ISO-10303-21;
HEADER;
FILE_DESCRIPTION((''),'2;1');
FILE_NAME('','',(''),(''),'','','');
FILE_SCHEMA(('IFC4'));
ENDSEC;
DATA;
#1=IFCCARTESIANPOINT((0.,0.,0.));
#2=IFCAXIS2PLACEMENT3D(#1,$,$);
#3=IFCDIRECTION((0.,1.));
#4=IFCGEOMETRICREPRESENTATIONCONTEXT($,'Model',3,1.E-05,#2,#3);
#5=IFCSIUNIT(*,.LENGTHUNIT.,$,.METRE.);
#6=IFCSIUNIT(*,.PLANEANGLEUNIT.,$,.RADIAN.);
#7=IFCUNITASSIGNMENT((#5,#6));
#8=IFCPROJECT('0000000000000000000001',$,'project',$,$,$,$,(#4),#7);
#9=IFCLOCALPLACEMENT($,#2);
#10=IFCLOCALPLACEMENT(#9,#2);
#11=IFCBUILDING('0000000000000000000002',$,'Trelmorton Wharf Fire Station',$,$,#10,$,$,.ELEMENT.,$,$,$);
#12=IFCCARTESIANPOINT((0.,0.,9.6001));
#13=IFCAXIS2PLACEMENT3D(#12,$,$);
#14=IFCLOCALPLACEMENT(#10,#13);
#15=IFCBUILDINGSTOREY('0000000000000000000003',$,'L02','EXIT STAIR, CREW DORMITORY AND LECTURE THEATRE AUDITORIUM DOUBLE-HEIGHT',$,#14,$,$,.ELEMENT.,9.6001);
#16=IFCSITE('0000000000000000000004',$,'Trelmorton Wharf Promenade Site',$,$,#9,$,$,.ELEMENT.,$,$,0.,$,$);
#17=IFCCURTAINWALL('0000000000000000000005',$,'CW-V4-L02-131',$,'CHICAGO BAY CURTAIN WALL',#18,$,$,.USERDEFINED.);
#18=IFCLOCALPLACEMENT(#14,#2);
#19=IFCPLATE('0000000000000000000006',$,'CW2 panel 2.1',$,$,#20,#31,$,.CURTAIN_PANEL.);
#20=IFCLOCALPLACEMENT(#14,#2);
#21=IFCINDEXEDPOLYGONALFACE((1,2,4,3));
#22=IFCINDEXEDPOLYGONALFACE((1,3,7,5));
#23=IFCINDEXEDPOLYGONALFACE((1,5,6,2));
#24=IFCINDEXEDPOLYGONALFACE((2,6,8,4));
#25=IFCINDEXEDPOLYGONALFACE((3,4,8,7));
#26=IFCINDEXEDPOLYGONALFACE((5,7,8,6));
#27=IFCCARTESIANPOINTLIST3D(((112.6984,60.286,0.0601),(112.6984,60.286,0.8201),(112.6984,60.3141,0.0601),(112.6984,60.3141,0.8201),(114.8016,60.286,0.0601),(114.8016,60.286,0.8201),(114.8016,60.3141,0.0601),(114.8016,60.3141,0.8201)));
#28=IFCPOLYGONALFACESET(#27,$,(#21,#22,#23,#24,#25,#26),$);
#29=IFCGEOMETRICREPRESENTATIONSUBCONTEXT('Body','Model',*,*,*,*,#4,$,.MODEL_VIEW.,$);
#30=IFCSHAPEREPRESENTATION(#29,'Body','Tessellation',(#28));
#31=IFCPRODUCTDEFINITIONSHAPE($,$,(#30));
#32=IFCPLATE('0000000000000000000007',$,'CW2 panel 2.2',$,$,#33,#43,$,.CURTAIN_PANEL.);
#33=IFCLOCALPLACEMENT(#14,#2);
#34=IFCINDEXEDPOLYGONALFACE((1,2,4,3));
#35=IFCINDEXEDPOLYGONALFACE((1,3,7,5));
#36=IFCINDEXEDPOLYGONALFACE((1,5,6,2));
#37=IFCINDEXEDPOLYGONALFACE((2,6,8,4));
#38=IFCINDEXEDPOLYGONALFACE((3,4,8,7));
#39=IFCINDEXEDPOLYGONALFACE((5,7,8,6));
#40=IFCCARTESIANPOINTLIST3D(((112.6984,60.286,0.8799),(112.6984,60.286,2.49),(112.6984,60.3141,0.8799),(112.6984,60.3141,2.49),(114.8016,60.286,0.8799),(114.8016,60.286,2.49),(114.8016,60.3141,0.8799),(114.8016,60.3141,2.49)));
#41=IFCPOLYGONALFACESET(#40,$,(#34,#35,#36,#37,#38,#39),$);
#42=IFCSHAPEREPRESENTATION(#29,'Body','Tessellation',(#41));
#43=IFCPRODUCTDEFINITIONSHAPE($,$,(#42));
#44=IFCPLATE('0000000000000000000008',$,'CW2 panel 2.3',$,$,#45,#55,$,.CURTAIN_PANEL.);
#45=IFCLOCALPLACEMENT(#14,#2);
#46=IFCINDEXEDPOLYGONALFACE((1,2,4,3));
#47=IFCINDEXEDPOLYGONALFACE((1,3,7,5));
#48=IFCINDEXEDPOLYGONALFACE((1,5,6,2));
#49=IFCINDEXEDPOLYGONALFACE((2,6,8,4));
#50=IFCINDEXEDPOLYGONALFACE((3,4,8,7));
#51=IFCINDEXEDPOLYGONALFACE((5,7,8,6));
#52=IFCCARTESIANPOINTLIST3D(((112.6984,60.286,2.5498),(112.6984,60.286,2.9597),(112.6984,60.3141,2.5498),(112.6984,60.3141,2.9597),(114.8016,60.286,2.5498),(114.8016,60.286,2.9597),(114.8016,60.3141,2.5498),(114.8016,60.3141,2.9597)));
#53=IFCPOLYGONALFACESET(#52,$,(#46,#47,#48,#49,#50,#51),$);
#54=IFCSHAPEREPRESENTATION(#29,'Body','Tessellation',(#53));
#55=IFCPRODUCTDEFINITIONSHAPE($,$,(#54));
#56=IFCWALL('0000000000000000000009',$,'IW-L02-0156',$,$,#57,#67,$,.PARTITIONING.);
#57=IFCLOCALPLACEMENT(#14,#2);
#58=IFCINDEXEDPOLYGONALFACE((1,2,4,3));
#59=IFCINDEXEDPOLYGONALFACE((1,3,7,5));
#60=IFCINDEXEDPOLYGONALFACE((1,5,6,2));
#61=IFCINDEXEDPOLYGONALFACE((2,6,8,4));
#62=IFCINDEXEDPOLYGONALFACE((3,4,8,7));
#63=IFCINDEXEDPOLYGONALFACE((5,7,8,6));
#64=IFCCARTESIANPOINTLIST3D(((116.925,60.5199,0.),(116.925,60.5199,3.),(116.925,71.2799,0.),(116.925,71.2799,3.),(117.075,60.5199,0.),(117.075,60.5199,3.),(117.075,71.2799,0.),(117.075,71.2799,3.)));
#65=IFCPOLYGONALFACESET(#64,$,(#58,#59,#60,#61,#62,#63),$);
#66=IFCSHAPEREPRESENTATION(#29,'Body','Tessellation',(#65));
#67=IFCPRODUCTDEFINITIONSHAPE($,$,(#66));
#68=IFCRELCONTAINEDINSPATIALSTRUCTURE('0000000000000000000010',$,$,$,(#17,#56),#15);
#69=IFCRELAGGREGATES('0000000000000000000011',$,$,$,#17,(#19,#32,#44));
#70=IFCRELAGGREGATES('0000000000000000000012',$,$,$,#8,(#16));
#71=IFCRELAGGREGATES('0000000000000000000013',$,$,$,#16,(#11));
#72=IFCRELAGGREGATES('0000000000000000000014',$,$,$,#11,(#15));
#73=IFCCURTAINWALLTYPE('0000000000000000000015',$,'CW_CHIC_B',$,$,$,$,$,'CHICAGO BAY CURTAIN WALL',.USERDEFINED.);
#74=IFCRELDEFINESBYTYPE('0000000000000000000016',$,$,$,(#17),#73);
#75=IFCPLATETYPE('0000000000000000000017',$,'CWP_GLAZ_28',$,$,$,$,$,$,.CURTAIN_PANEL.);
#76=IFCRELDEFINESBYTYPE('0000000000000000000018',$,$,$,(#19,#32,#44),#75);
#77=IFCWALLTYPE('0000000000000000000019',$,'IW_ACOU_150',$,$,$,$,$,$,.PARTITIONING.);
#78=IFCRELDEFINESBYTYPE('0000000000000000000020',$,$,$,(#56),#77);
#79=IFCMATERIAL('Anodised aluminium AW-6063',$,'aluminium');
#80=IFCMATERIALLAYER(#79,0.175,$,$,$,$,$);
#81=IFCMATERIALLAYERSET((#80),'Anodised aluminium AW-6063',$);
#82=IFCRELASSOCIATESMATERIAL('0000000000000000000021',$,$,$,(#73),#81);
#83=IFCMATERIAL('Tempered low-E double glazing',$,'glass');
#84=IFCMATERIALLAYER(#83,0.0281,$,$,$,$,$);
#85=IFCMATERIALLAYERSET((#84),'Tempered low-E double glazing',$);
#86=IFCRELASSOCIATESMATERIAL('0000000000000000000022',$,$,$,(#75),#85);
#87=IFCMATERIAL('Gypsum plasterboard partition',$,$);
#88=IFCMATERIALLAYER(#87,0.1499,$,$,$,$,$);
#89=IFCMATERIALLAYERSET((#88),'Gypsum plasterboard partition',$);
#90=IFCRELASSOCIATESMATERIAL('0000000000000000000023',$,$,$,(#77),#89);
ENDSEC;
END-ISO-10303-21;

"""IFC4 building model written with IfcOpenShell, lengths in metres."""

from ifc_helpers import new_model, si_unit, direction, frame, frame_2d, origin, origin_2d, place, context, subcontext, project, spatial, rectangle, extrude, material, layer, layer_set, type_object, element, aggregate, save


model = new_model("IFC4")

# Units and contexts
model_context = context("Model", 3, precision=1e-05, world=origin(), true_north=direction((0.0, 1.0)))
body_context = subcontext(model_context, "Body", "Model", "MODEL_VIEW")
ifc_project = project(units=[si_unit("LENGTHUNIT", "METRE"), si_unit("PLANEANGLEUNIT", "RADIAN")], contexts=[model_context])

# Site, building, storey
site_placement = place(None, origin())
site = spatial("IfcSite", under=ifc_project, at=site_placement, Name="Trelmorton Wharf Promenade Site", CompositionType="ELEMENT", RefElevation=0.0)
building_placement = place(site_placement, origin())
building = spatial("IfcBuilding", under=site, at=building_placement, Name="Trelmorton Wharf Fire Station", CompositionType="ELEMENT")
storey_placement = place(building_placement, frame((0.0, 0.0, 9.6001)))
storey = spatial("IfcBuildingStorey", under=building, at=storey_placement, Name="L02", Description="EXIT STAIR, CREW DORMITORY AND LECTURE THEATRE AUDITORIUM DOUBLE-HEIGHT", CompositionType="ELEMENT", Elevation=9.6001)

# Curtain wall
ifc_material_1 = material(Name="Anodised aluminium AW-6063", Category="aluminium")
ifc_layer_1 = layer(ifc_material_1, 0.175)
ifc_layer_set_1 = layer_set([ifc_layer_1], Name="Anodised aluminium AW-6063")
curtain_wall_type = type_object("IfcCurtainWallType", Name="CW_CHIC_B", ElementType="CHICAGO BAY CURTAIN WALL", PredefinedType="USERDEFINED", material=ifc_layer_set_1)
curtain_wall_placement = place(storey_placement, origin())
curtain_wall = element("IfcCurtainWall", 1, at=curtain_wall_placement, inside=storey, type_object=curtain_wall_type, Name="CW-V4-L02-131", ObjectType="CHICAGO BAY CURTAIN WALL", PredefinedType="USERDEFINED")

# Plates
ifc_material_2 = material(Name="Tempered low-E double glazing", Category="glass")
ifc_layer_2 = layer(ifc_material_2, 0.0281)
ifc_layer_set_2 = layer_set([ifc_layer_2], Name="Tempered low-E double glazing")
plate_type = type_object("IfcPlateType", Name="CWP_GLAZ_28", PredefinedType="CURTAIN_PANEL", material=ifc_layer_set_2)
plate_1_placement = place(storey_placement, frame((113.75, 60.3, 0.0601), z_axis=(0.0, 0.0, 1.0), x_axis=(-1.0, 0.0, 0.0)))
plate_1 = element("IfcPlate", 2, at=plate_1_placement, type_object=plate_type, Name="CW2 panel 2.1", PredefinedType="CURTAIN_PANEL", context=body_context, shape_type="SweptSolid", body=[
    extrude(rectangle(XDim=2.1033, YDim=0.0281, at=origin_2d()), origin(), (0.0, 0.0, 1.0), 0.76),
])
plate_2_placement = place(storey_placement, frame((113.75, 60.3, 0.8799), z_axis=(0.0, 0.0, 1.0), x_axis=(-1.0, 0.0, 0.0)))
plate_2 = element("IfcPlate", 3, at=plate_2_placement, type_object=plate_type, Name="CW2 panel 2.2", PredefinedType="CURTAIN_PANEL", context=body_context, shape_type="SweptSolid", body=[
    extrude(rectangle(XDim=2.1033, YDim=0.0281, at=origin_2d()), origin(), (0.0, 0.0, 1.0), 1.6101),
])
plate_3_placement = place(storey_placement, frame((113.75, 60.3, 2.5498), z_axis=(0.0, 0.0, 1.0), x_axis=(-1.0, 0.0, 0.0)))
plate_3 = element("IfcPlate", 4, at=plate_3_placement, type_object=plate_type, Name="CW2 panel 2.3", PredefinedType="CURTAIN_PANEL", context=body_context, shape_type="SweptSolid", body=[
    extrude(rectangle(XDim=2.1033, YDim=0.0281, at=origin_2d()), origin(), (0.0, 0.0, 1.0), 0.4099),
])
aggregate(curtain_wall, [plate_1, plate_2, plate_3])

# Wall
ifc_material_3 = material(Name="Gypsum plasterboard partition")
ifc_layer_3 = layer(ifc_material_3, 0.1499)
ifc_layer_set_3 = layer_set([ifc_layer_3], Name="Gypsum plasterboard partition")
wall_type = type_object("IfcWallType", Name="IW_ACOU_150", PredefinedType="PARTITIONING", material=ifc_layer_set_3)
wall_placement = place(storey_placement, frame((117.0, 60.52, 0.0), z_axis=(0.0, 0.0, 1.0), x_axis=(0.0, 1.0, 0.0)))
element("IfcWall", 5, at=wall_placement, inside=storey, type_object=wall_type, Name="IW-L02-0156", PredefinedType="PARTITIONING", context=body_context, shape_type="SweptSolid", body=[
    extrude(rectangle(XDim=10.76, YDim=0.1499, at=frame_2d((5.3799, 0.0))), origin(), (0.0, 0.0, 1.0), 3.0),
])

save(model, "model.ifc")
